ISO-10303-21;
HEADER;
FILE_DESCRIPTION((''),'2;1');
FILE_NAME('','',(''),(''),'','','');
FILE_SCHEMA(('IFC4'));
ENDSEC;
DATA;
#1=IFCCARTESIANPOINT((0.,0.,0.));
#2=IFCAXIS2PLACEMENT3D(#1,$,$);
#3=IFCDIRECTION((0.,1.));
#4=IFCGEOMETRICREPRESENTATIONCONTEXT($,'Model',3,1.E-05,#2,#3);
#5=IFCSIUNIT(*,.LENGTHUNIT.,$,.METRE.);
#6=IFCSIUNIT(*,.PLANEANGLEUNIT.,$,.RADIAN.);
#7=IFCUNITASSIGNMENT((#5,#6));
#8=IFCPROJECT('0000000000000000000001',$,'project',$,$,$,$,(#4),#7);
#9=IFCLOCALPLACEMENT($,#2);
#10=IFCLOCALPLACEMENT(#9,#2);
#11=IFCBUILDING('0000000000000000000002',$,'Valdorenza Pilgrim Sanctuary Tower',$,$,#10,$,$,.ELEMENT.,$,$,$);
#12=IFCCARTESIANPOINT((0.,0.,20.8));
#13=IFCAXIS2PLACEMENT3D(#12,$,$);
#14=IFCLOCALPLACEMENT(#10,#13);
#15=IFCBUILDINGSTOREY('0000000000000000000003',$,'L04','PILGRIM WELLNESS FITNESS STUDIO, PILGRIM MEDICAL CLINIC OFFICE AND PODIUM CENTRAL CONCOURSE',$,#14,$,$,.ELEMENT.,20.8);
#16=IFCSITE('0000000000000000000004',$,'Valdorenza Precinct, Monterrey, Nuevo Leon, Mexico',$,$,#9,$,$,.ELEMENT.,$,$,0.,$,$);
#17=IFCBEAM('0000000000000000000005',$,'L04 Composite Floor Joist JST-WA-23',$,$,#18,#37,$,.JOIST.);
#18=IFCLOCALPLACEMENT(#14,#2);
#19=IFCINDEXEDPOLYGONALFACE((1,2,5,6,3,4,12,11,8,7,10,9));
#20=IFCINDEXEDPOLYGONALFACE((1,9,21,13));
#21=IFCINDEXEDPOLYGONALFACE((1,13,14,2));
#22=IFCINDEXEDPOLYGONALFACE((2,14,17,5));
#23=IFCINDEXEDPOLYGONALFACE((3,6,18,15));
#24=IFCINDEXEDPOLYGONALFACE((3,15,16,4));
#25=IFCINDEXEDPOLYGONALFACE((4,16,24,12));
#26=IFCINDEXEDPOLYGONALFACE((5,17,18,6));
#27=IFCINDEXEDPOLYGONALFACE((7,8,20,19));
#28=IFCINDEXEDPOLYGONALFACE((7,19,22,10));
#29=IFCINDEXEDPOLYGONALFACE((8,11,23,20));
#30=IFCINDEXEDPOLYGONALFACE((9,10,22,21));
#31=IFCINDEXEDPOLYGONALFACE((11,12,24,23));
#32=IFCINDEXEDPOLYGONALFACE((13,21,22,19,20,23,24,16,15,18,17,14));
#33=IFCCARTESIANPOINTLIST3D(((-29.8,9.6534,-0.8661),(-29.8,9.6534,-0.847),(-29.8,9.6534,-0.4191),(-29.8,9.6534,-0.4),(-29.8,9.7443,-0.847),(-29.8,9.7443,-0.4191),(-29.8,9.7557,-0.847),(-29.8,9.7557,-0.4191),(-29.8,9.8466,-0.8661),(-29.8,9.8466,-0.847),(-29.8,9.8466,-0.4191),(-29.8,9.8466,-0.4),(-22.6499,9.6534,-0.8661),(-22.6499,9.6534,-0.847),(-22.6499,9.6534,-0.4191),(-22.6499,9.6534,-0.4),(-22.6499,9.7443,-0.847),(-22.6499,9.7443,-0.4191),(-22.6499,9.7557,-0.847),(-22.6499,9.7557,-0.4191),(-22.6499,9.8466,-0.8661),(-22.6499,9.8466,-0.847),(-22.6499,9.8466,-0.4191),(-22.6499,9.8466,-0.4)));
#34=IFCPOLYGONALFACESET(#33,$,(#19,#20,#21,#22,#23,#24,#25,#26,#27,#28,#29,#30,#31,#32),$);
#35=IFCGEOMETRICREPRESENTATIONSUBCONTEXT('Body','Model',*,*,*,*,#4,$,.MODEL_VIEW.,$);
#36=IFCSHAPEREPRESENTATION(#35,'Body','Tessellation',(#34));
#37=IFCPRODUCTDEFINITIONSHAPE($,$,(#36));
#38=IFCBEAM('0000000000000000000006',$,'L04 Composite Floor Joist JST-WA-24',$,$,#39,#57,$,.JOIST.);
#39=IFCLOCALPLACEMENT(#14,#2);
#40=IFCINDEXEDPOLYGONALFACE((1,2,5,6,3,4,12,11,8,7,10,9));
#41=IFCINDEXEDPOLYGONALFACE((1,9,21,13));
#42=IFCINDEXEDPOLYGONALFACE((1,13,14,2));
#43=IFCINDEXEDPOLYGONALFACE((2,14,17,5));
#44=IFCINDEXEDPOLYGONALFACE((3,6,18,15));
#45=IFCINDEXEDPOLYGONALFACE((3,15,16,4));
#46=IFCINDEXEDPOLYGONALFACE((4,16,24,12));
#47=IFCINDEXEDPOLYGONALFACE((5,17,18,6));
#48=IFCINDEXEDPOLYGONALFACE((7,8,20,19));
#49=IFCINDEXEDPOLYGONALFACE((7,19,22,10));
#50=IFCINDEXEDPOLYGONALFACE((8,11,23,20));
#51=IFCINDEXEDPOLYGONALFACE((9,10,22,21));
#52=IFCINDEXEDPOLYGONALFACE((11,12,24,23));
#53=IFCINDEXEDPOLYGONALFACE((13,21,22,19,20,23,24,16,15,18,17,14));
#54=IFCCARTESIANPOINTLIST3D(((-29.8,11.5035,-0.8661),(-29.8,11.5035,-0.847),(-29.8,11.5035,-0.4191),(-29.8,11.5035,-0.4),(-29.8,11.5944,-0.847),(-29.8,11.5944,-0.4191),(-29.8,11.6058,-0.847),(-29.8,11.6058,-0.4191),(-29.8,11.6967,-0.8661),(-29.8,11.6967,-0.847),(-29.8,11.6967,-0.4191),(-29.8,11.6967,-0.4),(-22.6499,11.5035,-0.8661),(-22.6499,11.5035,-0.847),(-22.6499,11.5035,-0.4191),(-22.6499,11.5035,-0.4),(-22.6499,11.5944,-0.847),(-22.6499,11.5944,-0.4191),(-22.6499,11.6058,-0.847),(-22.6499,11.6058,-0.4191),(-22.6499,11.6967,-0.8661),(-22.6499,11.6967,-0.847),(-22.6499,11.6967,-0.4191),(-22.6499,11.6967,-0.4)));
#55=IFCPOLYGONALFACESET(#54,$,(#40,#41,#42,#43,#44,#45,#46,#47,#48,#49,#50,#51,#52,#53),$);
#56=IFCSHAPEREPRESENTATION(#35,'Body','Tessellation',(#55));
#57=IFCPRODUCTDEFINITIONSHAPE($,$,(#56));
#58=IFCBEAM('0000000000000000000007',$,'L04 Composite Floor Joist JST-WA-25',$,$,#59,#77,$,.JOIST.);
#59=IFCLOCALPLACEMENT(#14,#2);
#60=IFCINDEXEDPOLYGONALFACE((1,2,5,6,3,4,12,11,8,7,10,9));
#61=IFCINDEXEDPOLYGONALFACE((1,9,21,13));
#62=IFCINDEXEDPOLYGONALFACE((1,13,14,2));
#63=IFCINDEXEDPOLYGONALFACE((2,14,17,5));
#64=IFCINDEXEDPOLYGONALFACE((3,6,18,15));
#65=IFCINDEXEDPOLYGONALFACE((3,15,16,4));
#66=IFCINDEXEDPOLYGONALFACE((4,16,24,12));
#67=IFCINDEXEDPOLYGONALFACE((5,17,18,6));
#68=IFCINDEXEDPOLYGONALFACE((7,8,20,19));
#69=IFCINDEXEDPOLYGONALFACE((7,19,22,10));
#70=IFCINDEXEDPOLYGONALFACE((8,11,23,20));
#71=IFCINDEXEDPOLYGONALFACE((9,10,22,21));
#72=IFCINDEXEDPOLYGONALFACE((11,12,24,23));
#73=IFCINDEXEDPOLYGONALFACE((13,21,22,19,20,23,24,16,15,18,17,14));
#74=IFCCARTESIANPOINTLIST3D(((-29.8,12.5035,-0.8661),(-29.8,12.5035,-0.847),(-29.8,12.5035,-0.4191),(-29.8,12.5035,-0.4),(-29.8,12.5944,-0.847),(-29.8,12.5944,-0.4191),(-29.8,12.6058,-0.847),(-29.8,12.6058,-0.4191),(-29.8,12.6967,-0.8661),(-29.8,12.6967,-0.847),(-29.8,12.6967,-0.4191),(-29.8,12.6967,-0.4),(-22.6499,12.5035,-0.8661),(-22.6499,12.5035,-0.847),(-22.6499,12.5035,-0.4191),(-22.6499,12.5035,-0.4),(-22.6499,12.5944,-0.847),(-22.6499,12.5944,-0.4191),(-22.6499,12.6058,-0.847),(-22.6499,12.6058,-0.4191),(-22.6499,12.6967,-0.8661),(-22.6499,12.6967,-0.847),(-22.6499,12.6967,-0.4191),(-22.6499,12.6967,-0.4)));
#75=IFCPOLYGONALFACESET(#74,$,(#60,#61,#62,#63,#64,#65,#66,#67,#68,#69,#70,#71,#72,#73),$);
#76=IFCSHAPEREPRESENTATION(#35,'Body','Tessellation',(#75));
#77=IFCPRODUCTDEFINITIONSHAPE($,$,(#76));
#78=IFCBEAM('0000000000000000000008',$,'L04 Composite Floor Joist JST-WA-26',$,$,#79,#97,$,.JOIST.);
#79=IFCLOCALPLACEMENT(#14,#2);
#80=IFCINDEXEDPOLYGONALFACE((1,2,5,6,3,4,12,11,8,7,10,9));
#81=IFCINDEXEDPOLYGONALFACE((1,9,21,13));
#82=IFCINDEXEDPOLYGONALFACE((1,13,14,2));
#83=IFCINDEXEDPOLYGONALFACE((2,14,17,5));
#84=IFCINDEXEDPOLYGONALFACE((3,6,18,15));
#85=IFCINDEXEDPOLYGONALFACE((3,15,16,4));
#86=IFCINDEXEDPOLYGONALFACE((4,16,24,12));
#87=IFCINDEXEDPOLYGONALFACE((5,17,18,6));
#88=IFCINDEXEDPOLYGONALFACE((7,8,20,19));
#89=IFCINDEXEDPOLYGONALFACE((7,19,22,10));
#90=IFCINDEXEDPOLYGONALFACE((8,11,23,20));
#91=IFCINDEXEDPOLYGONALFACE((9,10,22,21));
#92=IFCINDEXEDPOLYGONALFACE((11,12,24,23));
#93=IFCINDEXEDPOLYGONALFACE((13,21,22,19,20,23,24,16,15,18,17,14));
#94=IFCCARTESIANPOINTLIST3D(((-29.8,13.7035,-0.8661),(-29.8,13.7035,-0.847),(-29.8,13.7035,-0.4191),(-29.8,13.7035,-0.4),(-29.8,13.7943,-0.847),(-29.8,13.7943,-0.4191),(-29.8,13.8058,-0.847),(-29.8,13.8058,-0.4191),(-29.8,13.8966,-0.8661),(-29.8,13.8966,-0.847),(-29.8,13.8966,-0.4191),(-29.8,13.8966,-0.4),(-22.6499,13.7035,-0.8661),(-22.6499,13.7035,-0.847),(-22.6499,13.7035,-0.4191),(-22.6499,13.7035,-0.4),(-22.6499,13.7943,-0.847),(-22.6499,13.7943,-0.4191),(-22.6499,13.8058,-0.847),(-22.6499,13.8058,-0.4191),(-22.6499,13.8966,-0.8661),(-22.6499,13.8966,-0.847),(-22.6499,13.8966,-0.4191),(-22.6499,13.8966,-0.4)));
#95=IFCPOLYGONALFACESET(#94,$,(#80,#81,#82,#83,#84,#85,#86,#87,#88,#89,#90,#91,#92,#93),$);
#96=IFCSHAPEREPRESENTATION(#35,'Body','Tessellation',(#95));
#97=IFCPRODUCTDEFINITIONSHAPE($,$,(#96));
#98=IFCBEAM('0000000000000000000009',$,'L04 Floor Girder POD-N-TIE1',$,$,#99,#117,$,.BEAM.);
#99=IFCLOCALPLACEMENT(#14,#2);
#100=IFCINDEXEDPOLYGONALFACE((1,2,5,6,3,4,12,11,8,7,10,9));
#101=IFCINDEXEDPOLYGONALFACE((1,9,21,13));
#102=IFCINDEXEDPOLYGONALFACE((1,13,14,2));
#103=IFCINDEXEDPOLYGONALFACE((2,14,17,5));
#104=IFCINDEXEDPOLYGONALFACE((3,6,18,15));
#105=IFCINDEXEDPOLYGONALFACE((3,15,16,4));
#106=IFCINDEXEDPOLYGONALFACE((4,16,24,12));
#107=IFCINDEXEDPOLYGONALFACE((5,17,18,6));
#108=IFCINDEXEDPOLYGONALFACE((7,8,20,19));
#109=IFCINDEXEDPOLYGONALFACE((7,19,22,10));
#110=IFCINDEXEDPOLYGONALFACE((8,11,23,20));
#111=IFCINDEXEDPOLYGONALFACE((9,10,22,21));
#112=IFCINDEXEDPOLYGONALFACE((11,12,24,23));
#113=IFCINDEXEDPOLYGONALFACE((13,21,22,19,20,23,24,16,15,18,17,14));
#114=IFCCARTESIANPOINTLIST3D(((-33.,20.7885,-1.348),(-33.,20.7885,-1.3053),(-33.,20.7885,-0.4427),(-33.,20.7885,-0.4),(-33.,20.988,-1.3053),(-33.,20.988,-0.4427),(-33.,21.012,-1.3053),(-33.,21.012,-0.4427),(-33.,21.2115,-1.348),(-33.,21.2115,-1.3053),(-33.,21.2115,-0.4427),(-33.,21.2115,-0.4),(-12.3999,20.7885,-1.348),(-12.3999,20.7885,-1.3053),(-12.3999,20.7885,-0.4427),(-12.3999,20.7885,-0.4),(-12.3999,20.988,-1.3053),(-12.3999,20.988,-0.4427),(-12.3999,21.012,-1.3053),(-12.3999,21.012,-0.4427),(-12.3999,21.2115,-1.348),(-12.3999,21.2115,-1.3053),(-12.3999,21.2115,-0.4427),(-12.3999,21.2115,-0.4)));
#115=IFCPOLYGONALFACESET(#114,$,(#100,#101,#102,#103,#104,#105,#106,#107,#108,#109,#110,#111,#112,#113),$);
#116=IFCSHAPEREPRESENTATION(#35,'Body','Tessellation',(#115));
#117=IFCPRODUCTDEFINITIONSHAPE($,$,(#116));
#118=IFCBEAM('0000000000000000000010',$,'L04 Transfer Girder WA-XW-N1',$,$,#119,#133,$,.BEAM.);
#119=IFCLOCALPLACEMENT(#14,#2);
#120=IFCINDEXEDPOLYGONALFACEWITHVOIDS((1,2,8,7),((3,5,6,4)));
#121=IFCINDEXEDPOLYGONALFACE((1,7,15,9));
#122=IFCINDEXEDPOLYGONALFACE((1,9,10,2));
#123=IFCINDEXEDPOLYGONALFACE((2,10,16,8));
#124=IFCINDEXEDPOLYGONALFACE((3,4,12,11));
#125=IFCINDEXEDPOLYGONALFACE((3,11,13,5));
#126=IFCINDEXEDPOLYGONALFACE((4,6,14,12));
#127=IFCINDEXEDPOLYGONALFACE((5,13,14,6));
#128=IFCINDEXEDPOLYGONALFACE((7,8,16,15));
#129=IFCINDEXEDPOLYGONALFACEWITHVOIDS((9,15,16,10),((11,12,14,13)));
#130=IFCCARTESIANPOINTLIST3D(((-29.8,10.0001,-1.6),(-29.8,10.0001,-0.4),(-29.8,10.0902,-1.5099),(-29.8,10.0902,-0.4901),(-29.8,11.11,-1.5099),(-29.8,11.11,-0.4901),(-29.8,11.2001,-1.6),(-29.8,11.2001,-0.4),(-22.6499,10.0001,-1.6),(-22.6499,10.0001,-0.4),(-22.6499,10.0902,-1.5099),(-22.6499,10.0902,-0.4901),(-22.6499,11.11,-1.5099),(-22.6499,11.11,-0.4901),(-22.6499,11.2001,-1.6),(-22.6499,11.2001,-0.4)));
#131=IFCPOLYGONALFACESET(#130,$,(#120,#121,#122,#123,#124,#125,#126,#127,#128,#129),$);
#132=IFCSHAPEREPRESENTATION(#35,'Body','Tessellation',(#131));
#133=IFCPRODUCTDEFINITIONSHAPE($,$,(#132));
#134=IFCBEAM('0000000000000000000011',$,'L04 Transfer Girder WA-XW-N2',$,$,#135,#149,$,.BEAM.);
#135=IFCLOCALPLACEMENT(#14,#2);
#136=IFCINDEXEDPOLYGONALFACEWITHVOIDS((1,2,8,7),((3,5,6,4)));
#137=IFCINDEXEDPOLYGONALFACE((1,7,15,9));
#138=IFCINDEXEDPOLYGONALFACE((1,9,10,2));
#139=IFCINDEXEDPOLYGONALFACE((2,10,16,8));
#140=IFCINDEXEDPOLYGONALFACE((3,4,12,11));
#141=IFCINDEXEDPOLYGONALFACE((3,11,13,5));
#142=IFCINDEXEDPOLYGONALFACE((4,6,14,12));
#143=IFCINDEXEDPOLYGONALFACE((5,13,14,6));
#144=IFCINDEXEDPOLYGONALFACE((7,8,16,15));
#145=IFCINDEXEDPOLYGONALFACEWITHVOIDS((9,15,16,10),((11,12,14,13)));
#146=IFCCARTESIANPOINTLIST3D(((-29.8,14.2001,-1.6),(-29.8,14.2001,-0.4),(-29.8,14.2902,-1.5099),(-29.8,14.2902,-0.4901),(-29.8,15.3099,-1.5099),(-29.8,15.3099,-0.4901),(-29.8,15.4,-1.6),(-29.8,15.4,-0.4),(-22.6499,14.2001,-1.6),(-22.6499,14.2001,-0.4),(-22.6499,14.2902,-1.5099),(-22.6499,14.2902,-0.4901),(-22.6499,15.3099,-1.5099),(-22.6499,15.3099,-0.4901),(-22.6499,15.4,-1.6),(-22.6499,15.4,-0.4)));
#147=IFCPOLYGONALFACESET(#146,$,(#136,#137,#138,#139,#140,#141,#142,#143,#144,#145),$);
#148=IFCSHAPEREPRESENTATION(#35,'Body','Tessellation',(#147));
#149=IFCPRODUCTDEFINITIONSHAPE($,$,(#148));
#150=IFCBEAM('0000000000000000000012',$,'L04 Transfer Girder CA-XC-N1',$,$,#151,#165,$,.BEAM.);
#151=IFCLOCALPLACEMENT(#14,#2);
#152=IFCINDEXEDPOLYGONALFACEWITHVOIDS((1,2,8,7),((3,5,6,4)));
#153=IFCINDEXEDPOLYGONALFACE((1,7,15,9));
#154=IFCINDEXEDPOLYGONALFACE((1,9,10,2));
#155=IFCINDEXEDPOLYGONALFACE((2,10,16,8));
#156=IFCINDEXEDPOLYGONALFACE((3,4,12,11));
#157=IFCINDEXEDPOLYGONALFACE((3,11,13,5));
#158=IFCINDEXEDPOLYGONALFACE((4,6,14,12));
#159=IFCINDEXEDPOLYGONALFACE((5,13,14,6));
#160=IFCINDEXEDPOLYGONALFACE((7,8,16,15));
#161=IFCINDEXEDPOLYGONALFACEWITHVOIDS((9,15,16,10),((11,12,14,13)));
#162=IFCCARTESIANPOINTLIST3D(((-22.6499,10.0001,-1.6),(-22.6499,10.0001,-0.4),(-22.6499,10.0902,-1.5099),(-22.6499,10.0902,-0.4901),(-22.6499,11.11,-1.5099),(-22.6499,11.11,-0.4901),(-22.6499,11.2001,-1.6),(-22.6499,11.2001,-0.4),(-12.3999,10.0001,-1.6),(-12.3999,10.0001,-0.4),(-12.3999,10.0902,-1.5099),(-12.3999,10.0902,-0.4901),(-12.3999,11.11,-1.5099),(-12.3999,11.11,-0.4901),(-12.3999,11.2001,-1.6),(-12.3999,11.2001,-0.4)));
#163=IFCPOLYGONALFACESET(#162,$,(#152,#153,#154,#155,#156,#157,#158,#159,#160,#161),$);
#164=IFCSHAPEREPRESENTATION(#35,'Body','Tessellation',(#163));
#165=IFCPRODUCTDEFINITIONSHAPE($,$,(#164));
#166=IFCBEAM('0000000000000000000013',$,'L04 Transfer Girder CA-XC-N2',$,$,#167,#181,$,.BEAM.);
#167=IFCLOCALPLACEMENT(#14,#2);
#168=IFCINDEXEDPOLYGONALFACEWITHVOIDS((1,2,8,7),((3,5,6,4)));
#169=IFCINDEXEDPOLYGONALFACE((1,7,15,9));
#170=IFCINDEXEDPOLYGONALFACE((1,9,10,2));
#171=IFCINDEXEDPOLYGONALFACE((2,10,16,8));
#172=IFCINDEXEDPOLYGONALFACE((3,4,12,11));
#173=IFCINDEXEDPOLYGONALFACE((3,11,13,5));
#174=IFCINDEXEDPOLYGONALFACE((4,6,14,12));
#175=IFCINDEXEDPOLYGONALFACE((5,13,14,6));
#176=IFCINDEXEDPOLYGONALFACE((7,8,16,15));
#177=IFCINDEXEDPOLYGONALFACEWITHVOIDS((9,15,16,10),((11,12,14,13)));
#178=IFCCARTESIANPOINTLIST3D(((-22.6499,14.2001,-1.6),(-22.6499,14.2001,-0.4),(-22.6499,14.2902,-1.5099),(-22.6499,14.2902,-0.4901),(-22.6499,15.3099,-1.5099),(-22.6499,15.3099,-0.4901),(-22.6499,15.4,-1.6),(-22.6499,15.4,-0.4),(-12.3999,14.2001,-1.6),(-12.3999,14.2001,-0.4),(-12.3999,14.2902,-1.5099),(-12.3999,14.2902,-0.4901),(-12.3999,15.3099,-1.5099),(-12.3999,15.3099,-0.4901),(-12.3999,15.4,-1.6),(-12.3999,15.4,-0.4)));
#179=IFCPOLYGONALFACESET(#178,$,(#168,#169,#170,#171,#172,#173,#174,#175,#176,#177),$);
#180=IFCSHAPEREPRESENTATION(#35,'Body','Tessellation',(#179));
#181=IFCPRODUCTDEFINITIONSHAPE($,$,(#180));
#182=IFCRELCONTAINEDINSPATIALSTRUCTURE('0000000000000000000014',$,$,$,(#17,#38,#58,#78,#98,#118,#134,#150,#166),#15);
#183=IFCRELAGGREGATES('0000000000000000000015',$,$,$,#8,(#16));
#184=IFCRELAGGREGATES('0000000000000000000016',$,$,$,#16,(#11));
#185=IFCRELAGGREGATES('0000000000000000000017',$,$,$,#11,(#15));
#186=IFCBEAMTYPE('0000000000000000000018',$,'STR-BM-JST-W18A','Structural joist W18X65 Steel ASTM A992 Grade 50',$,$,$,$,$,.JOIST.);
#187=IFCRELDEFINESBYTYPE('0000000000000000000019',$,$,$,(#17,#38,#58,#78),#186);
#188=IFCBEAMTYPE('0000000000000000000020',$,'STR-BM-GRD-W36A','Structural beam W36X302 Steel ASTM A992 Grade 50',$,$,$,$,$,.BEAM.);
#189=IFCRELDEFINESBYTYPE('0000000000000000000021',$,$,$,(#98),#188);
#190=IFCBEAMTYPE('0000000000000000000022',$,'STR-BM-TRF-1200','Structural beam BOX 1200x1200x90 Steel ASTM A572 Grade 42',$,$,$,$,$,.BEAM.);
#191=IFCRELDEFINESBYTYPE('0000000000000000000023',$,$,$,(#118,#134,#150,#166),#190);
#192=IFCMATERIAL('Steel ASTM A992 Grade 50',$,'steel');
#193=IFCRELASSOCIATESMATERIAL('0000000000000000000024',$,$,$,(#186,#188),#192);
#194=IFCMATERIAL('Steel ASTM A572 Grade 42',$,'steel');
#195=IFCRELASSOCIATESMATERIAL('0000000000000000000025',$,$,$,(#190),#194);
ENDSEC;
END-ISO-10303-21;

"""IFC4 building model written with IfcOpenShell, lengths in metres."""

from ifc_helpers import new_model, si_unit, direction, frame, origin, origin_2d, place, context, subcontext, project, spatial, hollow_rectangle, i_section, extrude, source, transform, mapped, material, material_profile, profile_set, type_object, element, save


model = new_model("IFC4")

# Units and contexts
model_context = context("Model", 3, precision=1e-05, world=origin(), true_north=direction((0.0, 1.0)))
body_context = subcontext(model_context, "Body", "Model", "MODEL_VIEW")
ifc_project = project(units=[si_unit("LENGTHUNIT", "METRE"), si_unit("PLANEANGLEUNIT", "RADIAN")], contexts=[model_context])

# Site, building, storey
site_placement = place(None, origin())
site = spatial("IfcSite", under=ifc_project, at=site_placement, Name="Valdorenza Precinct, Monterrey, Nuevo Leon, Mexico", CompositionType="ELEMENT", RefElevation=0.0)
building_placement = place(site_placement, origin())
building = spatial("IfcBuilding", under=site, at=building_placement, Name="Valdorenza Pilgrim Sanctuary Tower", CompositionType="ELEMENT")
storey_placement = place(building_placement, frame((0.0, 0.0, 20.8)))
storey = spatial("IfcBuildingStorey", under=building, at=storey_placement, Name="L04", Description="PILGRIM WELLNESS FITNESS STUDIO, PILGRIM MEDICAL CLINIC OFFICE AND PODIUM CENTRAL CONCOURSE", CompositionType="ELEMENT", Elevation=20.8)

# Beams
ifc_material_1 = material(Name="Steel ASTM A992 Grade 50", Category="steel")
ifc_material_profile_1 = material_profile(ifc_material_1, i_section(OverallWidth=0.1931, OverallDepth=0.4661, WebThickness=0.0115, FlangeThickness=0.019, at=origin_2d()), Name="W18X65")
ifc_profile_set_1 = profile_set([ifc_material_profile_1], Name="Steel ASTM A992 Grade 50")
beam_type_1 = type_object("IfcBeamType", Name="STR-BM-JST-W18A", Description="Structural joist W18X65 Steel ASTM A992 Grade 50", PredefinedType="JOIST", material=ifc_profile_set_1)
shared_shape_1 = source(origin(), body_context, "Body", "SweptSolid", [
    extrude(i_section(OverallWidth=0.1931, OverallDepth=0.4661, WebThickness=0.0115, FlangeThickness=0.019, at=origin_2d()), origin(), (0.0, 0.0, 1.0), 7.1501),
])
for number, where, z_axis, x_axis, name in (
    (1, (-29.8, 9.75, -0.6331), (1.0, 0.0, 0.0), (0.0, 1.0, 0.0), "L04 Composite Floor Joist JST-WA-23"),
    (2, (-29.8, 11.6001, -0.6331), (1.0, 0.0, 0.0), (0.0, 1.0, 0.0), "L04 Composite Floor Joist JST-WA-24"),
    (3, (-29.8, 12.6001, -0.6331), (1.0, 0.0, 0.0), (0.0, 1.0, 0.0), "L04 Composite Floor Joist JST-WA-25"),
    (4, (-29.8, 13.8, -0.6331), (1.0, 0.0, 0.0), (0.0, 1.0, 0.0), "L04 Composite Floor Joist JST-WA-26"),
):
    element("IfcBeam", number, at=place(storey_placement, frame(where, z_axis=z_axis, x_axis=x_axis)), inside=storey, type_object=beam_type_1, Name=name, PredefinedType="JOIST", context=body_context, shape_type="MappedRepresentation", body=[
        mapped(shared_shape_1, transform((0.0, 0.0, 0.0), x_axis=(1.0, 0.0, 0.0), y_axis=(0.0, 1.0, 0.0), z_axis=(0.0, 0.0, 1.0), scale=1.0)),
    ])
ifc_material_profile_2 = material_profile(ifc_material_1, i_section(OverallWidth=0.4231, OverallDepth=0.948, WebThickness=0.0239, FlangeThickness=0.0427, at=origin_2d()), Name="W36X302")
ifc_profile_set_2 = profile_set([ifc_material_profile_2], Name="Steel ASTM A992 Grade 50")
beam_type_2 = type_object("IfcBeamType", Name="STR-BM-GRD-W36A", Description="Structural beam W36X302 Steel ASTM A992 Grade 50", PredefinedType="BEAM", material=ifc_profile_set_2)
shared_shape_2 = source(origin(), body_context, "Body", "SweptSolid", [
    extrude(i_section(OverallWidth=0.4231, OverallDepth=0.948, WebThickness=0.0239, FlangeThickness=0.0427, at=origin_2d()), origin(), (0.0, 0.0, 1.0), 20.6001),
])
beam_1_placement = place(storey_placement, frame((-33.0, 21.0, -0.874), z_axis=(1.0, 0.0, 0.0), x_axis=(0.0, 1.0, 0.0)))
element("IfcBeam", 5, at=beam_1_placement, inside=storey, type_object=beam_type_2, Name="L04 Floor Girder POD-N-TIE1", PredefinedType="BEAM", context=body_context, shape_type="MappedRepresentation", body=[
    mapped(shared_shape_2, transform((0.0, 0.0, 0.0), x_axis=(1.0, 0.0, 0.0), y_axis=(0.0, 1.0, 0.0), z_axis=(0.0, 0.0, 1.0), scale=1.0)),
])
ifc_material_2 = material(Name="Steel ASTM A572 Grade 42", Category="steel")
ifc_material_profile_3 = material_profile(ifc_material_2, hollow_rectangle(XDim=1.2, YDim=1.2, WallThickness=0.0901, at=origin_2d()), Name="BOX 1200x1200x90")
ifc_profile_set_3 = profile_set([ifc_material_profile_3], Name="Steel ASTM A572 Grade 42")
beam_type_3 = type_object("IfcBeamType", Name="STR-BM-TRF-1200", Description="Structural beam BOX 1200x1200x90 Steel ASTM A572 Grade 42", PredefinedType="BEAM", material=ifc_profile_set_3)
shared_shape_3 = source(origin(), body_context, "Body", "SweptSolid", [
    extrude(hollow_rectangle(XDim=1.2, YDim=1.2, WallThickness=0.0901, at=origin_2d()), origin(), (0.0, 0.0, 1.0), 7.1501),
])
for number, where, z_axis, x_axis, name in (
    (6, (-29.8, 10.6001, -1.0), (1.0, 0.0, 0.0), (0.0, 1.0, 0.0), "L04 Transfer Girder WA-XW-N1"),
    (7, (-29.8, 14.8, -1.0), (1.0, 0.0, 0.0), (0.0, 1.0, 0.0), "L04 Transfer Girder WA-XW-N2"),
):
    element("IfcBeam", number, at=place(storey_placement, frame(where, z_axis=z_axis, x_axis=x_axis)), inside=storey, type_object=beam_type_3, Name=name, PredefinedType="BEAM", context=body_context, shape_type="MappedRepresentation", body=[
        mapped(shared_shape_3, transform((0.0, 0.0, 0.0), x_axis=(1.0, 0.0, 0.0), y_axis=(0.0, 1.0, 0.0), z_axis=(0.0, 0.0, 1.0), scale=1.0)),
    ])
shared_shape_4 = source(origin(), body_context, "Body", "SweptSolid", [
    extrude(hollow_rectangle(XDim=1.2, YDim=1.2, WallThickness=0.0901, at=origin_2d()), origin(), (0.0, 0.0, 1.0), 10.25),
])
for number, where, z_axis, x_axis, name in (
    (8, (-22.6499, 10.6001, -1.0), (1.0, 0.0, 0.0), (0.0, 1.0, 0.0), "L04 Transfer Girder CA-XC-N1"),
    (9, (-22.6499, 14.8, -1.0), (1.0, 0.0, 0.0), (0.0, 1.0, 0.0), "L04 Transfer Girder CA-XC-N2"),
):
    element("IfcBeam", number, at=place(storey_placement, frame(where, z_axis=z_axis, x_axis=x_axis)), inside=storey, type_object=beam_type_3, Name=name, PredefinedType="BEAM", context=body_context, shape_type="MappedRepresentation", body=[
        mapped(shared_shape_4, transform((0.0, 0.0, 0.0), x_axis=(1.0, 0.0, 0.0), y_axis=(0.0, 1.0, 0.0), z_axis=(0.0, 0.0, 1.0), scale=1.0)),
    ])

save(model, "model.ifc")
